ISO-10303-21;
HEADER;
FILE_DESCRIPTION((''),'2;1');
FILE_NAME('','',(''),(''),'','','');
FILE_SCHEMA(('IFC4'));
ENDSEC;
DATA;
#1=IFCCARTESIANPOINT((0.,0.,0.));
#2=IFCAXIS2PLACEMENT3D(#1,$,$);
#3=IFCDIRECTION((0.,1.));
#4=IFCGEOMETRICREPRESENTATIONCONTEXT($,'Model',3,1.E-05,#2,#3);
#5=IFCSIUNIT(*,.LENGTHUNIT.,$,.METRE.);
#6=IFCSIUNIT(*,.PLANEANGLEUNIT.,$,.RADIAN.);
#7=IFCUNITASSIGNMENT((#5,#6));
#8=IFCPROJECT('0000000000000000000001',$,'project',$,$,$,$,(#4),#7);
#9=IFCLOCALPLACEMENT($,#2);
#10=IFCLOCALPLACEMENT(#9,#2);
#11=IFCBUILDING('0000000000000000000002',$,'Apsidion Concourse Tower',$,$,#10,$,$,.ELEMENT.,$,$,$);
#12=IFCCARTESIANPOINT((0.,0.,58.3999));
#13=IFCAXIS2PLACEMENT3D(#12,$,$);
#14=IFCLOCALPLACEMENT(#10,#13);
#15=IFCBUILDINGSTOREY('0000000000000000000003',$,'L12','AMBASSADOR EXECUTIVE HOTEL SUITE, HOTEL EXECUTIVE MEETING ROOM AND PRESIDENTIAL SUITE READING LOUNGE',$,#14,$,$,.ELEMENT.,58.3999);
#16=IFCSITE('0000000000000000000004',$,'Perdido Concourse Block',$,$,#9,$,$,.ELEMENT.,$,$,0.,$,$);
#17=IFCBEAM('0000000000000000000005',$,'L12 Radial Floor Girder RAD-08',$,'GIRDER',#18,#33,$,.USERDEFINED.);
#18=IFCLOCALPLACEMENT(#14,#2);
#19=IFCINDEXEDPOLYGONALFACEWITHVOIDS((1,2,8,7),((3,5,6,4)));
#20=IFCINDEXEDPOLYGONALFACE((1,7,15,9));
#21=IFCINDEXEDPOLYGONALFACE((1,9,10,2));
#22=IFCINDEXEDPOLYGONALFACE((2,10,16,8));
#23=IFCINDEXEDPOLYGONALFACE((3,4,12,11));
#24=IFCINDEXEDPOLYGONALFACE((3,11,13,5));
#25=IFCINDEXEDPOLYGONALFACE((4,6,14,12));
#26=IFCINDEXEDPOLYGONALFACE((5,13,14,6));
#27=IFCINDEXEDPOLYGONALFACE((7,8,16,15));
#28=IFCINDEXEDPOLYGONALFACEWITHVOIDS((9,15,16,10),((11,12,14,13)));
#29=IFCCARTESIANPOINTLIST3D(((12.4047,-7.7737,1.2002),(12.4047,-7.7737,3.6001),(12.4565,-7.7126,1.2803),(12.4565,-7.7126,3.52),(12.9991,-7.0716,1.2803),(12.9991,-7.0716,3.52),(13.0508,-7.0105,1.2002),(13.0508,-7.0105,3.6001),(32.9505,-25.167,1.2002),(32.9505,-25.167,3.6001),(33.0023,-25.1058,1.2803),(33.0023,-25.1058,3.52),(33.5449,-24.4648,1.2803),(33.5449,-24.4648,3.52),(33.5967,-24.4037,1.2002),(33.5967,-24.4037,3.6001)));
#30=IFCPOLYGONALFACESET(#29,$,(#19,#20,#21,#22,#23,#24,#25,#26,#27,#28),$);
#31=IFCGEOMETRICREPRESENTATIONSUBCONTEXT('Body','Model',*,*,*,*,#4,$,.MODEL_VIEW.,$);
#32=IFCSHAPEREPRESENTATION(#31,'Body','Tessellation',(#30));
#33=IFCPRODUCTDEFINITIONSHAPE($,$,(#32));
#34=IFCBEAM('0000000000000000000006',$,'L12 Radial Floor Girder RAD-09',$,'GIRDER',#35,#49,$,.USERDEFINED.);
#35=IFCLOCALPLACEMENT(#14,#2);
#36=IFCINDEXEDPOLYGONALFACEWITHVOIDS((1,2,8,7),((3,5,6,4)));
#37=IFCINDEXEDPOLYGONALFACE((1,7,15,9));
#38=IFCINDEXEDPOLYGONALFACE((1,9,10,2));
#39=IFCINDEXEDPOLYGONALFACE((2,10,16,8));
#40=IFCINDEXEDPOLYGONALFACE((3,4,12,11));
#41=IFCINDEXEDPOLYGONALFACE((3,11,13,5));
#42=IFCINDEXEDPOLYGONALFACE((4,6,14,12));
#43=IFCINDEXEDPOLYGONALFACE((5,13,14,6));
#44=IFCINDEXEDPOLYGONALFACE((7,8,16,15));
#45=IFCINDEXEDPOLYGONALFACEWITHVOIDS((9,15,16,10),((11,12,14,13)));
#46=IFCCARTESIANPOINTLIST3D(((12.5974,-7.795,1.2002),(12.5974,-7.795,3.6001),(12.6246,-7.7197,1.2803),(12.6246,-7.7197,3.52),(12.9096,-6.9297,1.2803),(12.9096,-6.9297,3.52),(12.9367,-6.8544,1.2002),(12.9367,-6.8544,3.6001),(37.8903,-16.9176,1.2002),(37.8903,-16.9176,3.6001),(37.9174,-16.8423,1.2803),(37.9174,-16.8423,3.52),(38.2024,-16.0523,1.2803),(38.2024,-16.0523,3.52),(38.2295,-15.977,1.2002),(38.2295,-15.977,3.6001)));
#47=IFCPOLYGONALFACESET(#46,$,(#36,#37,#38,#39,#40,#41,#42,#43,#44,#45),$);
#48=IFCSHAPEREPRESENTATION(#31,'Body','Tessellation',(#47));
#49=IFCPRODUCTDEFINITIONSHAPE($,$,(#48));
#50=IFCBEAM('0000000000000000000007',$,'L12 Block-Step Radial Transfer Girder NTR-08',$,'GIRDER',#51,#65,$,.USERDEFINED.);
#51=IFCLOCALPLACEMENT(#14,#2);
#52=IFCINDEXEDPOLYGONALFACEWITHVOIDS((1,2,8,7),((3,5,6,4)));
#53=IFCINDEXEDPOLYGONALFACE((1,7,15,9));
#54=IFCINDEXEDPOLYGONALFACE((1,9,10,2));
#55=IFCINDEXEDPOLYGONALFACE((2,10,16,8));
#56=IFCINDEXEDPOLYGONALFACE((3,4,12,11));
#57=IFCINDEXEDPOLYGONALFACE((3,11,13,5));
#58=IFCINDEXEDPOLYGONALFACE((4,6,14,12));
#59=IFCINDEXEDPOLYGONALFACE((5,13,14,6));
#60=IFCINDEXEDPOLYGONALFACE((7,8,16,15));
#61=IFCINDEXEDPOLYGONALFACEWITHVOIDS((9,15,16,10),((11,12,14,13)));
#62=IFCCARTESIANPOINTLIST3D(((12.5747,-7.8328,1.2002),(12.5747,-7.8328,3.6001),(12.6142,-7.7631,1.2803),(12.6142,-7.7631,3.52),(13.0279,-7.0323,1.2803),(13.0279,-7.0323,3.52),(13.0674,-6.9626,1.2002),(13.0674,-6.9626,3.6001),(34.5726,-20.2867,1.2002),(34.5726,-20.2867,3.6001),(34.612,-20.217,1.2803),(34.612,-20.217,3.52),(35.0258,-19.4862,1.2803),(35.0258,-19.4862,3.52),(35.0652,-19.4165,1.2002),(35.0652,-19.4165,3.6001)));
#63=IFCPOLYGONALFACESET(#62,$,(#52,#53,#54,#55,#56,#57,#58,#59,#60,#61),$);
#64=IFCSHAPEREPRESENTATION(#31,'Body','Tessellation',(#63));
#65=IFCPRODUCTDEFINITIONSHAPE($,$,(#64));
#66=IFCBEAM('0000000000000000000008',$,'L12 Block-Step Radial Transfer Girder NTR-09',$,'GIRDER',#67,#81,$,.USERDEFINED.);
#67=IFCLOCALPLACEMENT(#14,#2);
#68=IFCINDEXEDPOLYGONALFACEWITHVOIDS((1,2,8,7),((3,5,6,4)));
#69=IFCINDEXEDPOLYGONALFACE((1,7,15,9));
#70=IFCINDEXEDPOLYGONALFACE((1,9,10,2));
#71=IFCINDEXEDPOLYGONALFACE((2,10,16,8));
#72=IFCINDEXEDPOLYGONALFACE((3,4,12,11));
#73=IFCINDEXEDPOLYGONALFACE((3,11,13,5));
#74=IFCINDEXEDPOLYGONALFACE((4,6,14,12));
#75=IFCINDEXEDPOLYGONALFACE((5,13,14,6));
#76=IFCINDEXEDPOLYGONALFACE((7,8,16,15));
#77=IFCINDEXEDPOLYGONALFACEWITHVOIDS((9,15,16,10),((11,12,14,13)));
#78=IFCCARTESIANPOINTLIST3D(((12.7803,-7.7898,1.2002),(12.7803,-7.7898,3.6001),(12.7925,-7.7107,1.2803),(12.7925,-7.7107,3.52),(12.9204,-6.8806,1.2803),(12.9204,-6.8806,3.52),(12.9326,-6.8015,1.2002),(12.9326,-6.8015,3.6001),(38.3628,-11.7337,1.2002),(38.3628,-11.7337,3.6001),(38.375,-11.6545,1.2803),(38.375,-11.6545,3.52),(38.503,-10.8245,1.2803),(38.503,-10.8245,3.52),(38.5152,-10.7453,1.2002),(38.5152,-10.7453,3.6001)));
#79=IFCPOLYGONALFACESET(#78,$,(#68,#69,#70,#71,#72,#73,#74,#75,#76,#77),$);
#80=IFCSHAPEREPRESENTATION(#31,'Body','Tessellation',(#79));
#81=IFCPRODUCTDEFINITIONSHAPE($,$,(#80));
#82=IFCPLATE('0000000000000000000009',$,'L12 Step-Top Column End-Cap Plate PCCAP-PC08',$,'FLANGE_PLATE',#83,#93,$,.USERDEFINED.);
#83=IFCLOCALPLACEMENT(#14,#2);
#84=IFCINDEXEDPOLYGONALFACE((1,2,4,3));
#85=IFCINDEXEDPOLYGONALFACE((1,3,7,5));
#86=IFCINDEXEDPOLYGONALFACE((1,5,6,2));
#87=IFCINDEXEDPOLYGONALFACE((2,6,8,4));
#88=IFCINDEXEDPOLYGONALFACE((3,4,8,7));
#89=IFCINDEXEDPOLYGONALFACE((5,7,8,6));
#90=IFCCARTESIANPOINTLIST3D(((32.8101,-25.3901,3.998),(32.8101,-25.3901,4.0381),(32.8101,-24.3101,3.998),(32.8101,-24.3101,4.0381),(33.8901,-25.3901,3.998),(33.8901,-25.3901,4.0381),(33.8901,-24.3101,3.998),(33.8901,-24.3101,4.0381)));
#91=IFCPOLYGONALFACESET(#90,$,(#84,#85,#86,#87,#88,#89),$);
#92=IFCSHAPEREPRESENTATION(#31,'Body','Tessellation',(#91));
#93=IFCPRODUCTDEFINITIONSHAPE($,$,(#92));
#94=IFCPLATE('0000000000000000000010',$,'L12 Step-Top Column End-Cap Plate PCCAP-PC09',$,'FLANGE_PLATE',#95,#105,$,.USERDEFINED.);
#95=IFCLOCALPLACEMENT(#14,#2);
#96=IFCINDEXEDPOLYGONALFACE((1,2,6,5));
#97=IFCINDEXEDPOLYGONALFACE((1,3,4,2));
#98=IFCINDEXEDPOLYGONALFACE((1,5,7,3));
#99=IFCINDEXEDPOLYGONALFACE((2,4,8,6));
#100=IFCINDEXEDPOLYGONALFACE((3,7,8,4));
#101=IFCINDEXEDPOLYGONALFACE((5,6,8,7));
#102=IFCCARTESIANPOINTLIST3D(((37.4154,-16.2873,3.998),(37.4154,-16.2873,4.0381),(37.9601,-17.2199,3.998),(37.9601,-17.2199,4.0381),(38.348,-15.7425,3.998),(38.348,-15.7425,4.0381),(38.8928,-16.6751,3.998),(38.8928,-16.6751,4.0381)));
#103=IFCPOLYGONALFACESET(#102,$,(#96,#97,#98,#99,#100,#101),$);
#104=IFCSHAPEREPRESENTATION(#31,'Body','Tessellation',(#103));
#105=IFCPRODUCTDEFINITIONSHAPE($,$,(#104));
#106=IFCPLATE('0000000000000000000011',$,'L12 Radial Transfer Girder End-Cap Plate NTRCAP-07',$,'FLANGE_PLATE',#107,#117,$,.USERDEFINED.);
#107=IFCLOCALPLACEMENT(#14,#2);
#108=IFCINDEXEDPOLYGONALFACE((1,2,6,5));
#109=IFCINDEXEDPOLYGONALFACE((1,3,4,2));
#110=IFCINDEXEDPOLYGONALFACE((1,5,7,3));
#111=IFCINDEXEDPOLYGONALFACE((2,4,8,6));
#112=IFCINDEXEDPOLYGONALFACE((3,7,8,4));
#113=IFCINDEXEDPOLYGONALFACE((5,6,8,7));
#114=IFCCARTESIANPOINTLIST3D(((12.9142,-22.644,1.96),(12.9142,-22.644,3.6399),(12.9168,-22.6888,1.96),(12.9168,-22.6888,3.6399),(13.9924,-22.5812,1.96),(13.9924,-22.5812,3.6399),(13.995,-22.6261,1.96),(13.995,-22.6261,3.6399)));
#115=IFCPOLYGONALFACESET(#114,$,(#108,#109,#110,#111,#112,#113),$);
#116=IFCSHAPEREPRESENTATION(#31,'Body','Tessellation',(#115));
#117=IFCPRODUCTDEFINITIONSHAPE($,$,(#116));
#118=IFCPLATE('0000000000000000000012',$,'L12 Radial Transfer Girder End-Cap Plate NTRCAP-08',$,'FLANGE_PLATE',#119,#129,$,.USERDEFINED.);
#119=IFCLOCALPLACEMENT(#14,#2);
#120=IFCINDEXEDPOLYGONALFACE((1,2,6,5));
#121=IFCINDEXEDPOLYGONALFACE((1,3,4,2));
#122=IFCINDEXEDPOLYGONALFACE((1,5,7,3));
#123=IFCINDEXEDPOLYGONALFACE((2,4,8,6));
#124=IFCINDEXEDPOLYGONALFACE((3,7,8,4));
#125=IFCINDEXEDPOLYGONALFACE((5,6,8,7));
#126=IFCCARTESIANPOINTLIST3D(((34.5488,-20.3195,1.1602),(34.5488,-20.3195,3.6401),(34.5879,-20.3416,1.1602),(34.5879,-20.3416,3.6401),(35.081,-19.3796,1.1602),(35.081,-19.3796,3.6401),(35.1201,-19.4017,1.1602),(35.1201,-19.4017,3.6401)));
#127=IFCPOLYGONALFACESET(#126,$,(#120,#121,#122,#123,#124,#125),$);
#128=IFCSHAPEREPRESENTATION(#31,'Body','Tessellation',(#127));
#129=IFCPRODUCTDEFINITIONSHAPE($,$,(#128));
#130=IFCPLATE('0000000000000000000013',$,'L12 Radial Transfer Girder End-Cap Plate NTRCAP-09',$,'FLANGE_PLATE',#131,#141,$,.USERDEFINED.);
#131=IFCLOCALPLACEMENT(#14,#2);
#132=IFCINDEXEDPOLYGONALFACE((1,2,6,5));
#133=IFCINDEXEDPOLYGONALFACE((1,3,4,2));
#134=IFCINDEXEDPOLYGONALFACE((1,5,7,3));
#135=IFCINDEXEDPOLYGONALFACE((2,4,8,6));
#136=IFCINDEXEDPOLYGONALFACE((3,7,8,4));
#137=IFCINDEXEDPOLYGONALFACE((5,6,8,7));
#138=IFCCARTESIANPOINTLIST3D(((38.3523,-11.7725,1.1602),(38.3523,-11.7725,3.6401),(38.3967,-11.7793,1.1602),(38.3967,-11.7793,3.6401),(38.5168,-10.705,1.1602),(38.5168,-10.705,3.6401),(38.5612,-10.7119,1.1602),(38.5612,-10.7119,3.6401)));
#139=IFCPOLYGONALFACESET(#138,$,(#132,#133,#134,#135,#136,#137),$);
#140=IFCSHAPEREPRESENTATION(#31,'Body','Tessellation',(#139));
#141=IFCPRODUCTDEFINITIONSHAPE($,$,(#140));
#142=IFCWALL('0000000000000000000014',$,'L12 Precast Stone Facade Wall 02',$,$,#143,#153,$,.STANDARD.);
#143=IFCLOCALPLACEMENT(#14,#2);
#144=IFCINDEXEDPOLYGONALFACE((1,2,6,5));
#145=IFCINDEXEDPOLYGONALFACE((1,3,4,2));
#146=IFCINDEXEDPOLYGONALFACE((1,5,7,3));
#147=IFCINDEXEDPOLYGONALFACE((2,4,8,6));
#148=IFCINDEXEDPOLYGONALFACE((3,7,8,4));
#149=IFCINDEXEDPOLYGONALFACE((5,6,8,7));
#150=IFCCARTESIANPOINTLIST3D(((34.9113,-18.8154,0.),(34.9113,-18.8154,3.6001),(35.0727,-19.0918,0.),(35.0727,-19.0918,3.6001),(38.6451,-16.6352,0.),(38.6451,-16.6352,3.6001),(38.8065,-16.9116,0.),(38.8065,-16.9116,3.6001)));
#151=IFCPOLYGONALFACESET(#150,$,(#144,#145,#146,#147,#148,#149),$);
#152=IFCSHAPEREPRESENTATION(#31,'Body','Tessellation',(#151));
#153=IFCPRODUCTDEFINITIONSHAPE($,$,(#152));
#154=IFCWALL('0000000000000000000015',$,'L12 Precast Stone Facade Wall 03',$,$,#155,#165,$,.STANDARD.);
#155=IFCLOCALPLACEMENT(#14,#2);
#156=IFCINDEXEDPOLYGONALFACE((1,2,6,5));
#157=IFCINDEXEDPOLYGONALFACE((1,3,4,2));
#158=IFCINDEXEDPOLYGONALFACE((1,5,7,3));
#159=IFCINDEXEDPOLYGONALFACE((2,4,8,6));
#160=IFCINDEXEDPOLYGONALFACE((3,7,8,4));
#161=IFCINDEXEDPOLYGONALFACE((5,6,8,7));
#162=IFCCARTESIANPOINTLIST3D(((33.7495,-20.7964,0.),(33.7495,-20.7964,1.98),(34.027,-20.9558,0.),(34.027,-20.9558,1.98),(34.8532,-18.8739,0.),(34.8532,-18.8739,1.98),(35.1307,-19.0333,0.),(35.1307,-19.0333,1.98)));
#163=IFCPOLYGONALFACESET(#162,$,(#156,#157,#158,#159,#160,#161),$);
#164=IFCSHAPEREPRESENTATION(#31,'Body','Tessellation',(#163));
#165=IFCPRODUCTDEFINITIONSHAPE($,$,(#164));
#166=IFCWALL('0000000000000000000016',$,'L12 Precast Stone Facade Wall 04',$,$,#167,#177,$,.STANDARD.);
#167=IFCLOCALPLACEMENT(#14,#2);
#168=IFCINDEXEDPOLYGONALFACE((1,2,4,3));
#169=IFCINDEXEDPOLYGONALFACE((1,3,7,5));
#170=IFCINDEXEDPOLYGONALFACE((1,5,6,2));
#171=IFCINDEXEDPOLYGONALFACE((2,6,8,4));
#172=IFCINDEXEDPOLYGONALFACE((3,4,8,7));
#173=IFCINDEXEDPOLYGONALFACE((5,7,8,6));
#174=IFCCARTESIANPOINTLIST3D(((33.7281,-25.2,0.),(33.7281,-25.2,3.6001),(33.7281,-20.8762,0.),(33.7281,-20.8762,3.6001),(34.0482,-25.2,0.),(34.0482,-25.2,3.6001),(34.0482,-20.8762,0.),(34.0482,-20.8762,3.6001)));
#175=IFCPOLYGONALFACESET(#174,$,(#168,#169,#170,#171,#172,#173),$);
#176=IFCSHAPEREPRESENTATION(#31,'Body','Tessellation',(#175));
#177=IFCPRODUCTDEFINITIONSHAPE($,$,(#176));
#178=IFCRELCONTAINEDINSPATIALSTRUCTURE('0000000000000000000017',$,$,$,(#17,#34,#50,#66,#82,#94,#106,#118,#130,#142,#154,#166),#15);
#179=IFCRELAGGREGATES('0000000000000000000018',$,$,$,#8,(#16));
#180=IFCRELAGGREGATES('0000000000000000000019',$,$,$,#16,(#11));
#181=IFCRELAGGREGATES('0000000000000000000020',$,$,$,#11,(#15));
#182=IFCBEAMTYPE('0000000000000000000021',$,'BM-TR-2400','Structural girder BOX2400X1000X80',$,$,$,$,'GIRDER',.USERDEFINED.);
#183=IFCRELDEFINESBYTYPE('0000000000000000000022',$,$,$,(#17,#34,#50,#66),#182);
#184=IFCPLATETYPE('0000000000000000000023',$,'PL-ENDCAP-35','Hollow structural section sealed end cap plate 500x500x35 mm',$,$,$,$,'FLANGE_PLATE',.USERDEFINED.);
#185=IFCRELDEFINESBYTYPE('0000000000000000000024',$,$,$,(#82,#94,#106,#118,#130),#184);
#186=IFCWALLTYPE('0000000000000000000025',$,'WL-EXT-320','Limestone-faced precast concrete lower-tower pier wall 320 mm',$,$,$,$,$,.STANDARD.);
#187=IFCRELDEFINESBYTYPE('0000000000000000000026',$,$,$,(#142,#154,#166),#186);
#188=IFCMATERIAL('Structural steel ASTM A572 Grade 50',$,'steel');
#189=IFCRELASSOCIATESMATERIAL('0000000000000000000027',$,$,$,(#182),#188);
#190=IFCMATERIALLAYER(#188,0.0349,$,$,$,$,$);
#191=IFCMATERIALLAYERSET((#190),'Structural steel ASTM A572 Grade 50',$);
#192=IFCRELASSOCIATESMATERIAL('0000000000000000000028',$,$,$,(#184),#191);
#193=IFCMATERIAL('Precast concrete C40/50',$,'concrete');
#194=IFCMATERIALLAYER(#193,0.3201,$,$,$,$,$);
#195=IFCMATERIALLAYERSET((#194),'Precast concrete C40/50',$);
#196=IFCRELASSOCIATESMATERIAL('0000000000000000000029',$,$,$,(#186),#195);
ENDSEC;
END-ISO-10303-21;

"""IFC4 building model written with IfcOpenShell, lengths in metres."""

from ifc_helpers import new_model, si_unit, direction, frame, frame_2d, origin, origin_2d, place, context, subcontext, project, spatial, rectangle, hollow_rectangle, extrude, material, layer, layer_set, material_profile, profile_set, type_object, element, save


model = new_model("IFC4")

# Units and contexts
model_context = context("Model", 3, precision=1e-05, world=origin(), true_north=direction((0.0, 1.0)))
body_context = subcontext(model_context, "Body", "Model", "MODEL_VIEW")
ifc_project = project(units=[si_unit("LENGTHUNIT", "METRE"), si_unit("PLANEANGLEUNIT", "RADIAN")], contexts=[model_context])

# Site, building, storey
site_placement = place(None, origin())
site = spatial("IfcSite", under=ifc_project, at=site_placement, Name="Perdido Concourse Block", CompositionType="ELEMENT", RefElevation=0.0)
building_placement = place(site_placement, origin())
building = spatial("IfcBuilding", under=site, at=building_placement, Name="Apsidion Concourse Tower", CompositionType="ELEMENT")
storey_placement = place(building_placement, frame((0.0, 0.0, 58.3999)))
storey = spatial("IfcBuildingStorey", under=building, at=storey_placement, Name="L12", Description="AMBASSADOR EXECUTIVE HOTEL SUITE, HOTEL EXECUTIVE MEETING ROOM AND PRESIDENTIAL SUITE READING LOUNGE", CompositionType="ELEMENT", Elevation=58.3999)

# Shared definitions
ifc_material_1 = material(Name="Structural steel ASTM A572 Grade 50", Category="steel")

# Beams
ifc_material_profile_1 = material_profile(ifc_material_1, hollow_rectangle(XDim=1.0, YDim=2.3999, WallThickness=0.0801, at=origin_2d()), Name="BOX2400X1000X80")
ifc_profile_set_1 = profile_set([ifc_material_profile_1], Name="Structural steel ASTM A572 Grade 50")
beam_type_1 = type_object("IfcBeamType", Name="BM-TR-2400", Description="Structural girder BOX2400X1000X80", ElementType="GIRDER", PredefinedType="USERDEFINED", material=ifc_profile_set_1)
beam_1_placement = place(storey_placement, frame((12.7278, -7.3921, 2.4001), z_axis=(0.763234, -0.646122, 0.0), x_axis=(0.646122, 0.763234, 0.0)))
element("IfcBeam", 1, at=beam_1_placement, inside=storey, type_object=beam_type_1, Name="L12 Radial Floor Girder RAD-08", ObjectType="GIRDER", PredefinedType="USERDEFINED", context=body_context, shape_type="SweptSolid", body=[
    extrude(hollow_rectangle(XDim=1.0, YDim=2.3999, WallThickness=0.0801, at=origin_2d()), origin(), (0.0, 0.0, 1.0), 26.9194),
])
beam_2_placement = place(storey_placement, frame((12.7671, -7.3247, 2.4001), z_axis=(0.940684, -0.339285, 0.0), x_axis=(0.339285, 0.940684, 0.0)))
element("IfcBeam", 2, at=beam_2_placement, inside=storey, type_object=beam_type_1, Name="L12 Radial Floor Girder RAD-09", ObjectType="GIRDER", PredefinedType="USERDEFINED", context=body_context, shape_type="SweptSolid", body=[
    extrude(hollow_rectangle(XDim=1.0, YDim=2.3999, WallThickness=0.0801, at=origin_2d()), origin(), (0.0, 0.0, 1.0), 26.8877),
])
beam_3_placement = place(storey_placement, frame((12.821, -7.3977, 2.4001), z_axis=(0.870218, -0.492666, 0.0), x_axis=(0.492666, 0.870218, 0.0)))
element("IfcBeam", 3, at=beam_3_placement, inside=storey, type_object=beam_type_1, Name="L12 Block-Step Radial Transfer Girder NTR-08", ObjectType="GIRDER", PredefinedType="USERDEFINED", context=body_context, shape_type="SweptSolid", body=[
    extrude(hollow_rectangle(XDim=1.0, YDim=2.3999, WallThickness=0.0801, at=origin_2d()), origin(), (0.0, 0.0, 1.0), 25.2786),
])
beam_4_placement = place(storey_placement, frame((12.8564, -7.2957, 2.4001), z_axis=(0.988325, -0.152362, 0.0), x_axis=(0.152362, 0.988325, 0.0)))
element("IfcBeam", 4, at=beam_4_placement, inside=storey, type_object=beam_type_1, Name="L12 Block-Step Radial Transfer Girder NTR-09", ObjectType="GIRDER", PredefinedType="USERDEFINED", context=body_context, shape_type="SweptSolid", body=[
    extrude(hollow_rectangle(XDim=1.0, YDim=2.3999, WallThickness=0.0801, at=origin_2d()), origin(), (0.0, 0.0, 1.0), 25.8848),
])

# Plates
ifc_layer_1 = layer(ifc_material_1, 0.0349)
ifc_layer_set_1 = layer_set([ifc_layer_1], Name="Structural steel ASTM A572 Grade 50")
plate_type = type_object("IfcPlateType", Name="PL-ENDCAP-35", Description="Hollow structural section sealed end cap plate 500x500x35 mm", ElementType="FLANGE_PLATE", PredefinedType="USERDEFINED", material=ifc_layer_set_1)
for number, where, z_axis, x_axis, name in (
    (5, (33.3501, -24.8501, 3.998), (0.0, 0.0, 1.0), (1.0, 0.0, 0.0), "L12 Step-Top Column End-Cap Plate PCCAP-PC08"),
    (6, (38.1541, -16.4812, 3.998), (0.0, 0.0, 1.0), (-0.504377, 0.863484, 0.0), "L12 Step-Top Column End-Cap Plate PCCAP-PC09"),
):
    element("IfcPlate", number, at=place(storey_placement, frame(where, z_axis=z_axis, x_axis=x_axis)), inside=storey, type_object=plate_type, Name=name, ObjectType="FLANGE_PLATE", PredefinedType="USERDEFINED", context=body_context, shape_type="SweptSolid", body=[
        extrude(rectangle(XDim=1.0801, YDim=1.0801, at=origin_2d()), origin(), (0.0, 0.0, 1.0), 0.04),
    ])
plate_placement = place(storey_placement, frame((13.4546, -22.635, 1.96), z_axis=(0.0, 0.0, 1.0), x_axis=(0.058087, -0.998312, 0.0)))
element("IfcPlate", 7, at=plate_placement, inside=storey, type_object=plate_type, Name="L12 Radial Transfer Girder End-Cap Plate NTRCAP-07", ObjectType="FLANGE_PLATE", PredefinedType="USERDEFINED", context=body_context, shape_type="SweptSolid", body=[
    extrude(rectangle(XDim=0.0449, YDim=1.0801, at=origin_2d()), origin(), (0.0, 0.0, 1.0), 1.6799),
])
for number, where, z_axis, x_axis, name in (
    (8, (34.8345, -19.8606, 1.1602), (0.0, 0.0, 1.0), (0.870184, -0.492727, 0.0), "L12 Radial Transfer Girder End-Cap Plate NTRCAP-08"),
    (9, (38.4568, -11.2422, 1.1602), (0.0, 0.0, 1.0), (0.988335, -0.152296, 0.0), "L12 Radial Transfer Girder End-Cap Plate NTRCAP-09"),
):
    element("IfcPlate", number, at=place(storey_placement, frame(where, z_axis=z_axis, x_axis=x_axis)), inside=storey, type_object=plate_type, Name=name, ObjectType="FLANGE_PLATE", PredefinedType="USERDEFINED", context=body_context, shape_type="SweptSolid", body=[
        extrude(rectangle(XDim=0.0449, YDim=1.0801, at=origin_2d()), origin(), (0.0, 0.0, 1.0), 2.48),
    ])

# Walls
ifc_material_2 = material(Name="Precast concrete C40/50", Category="concrete")
ifc_layer_2 = layer(ifc_material_2, 0.3201)
ifc_layer_set_2 = layer_set([ifc_layer_2], Name="Precast concrete C40/50")
wall_type_1 = type_object("IfcWallType", Name="WL-EXT-320", Description="Limestone-faced precast concrete lower-tower pier wall 320 mm", PredefinedType="STANDARD", material=ifc_layer_set_2)
wall_1_placement = place(storey_placement, frame((38.7258, -16.7734, 0.0), z_axis=(0.0, 0.0, 1.0), x_axis=(-0.86357, -0.504229, 0.0)))
element("IfcWall", 10, at=wall_1_placement, inside=storey, type_object=wall_type_1, Name="L12 Precast Stone Facade Wall 02", PredefinedType="STANDARD", context=body_context, shape_type="SweptSolid", body=[
    extrude(rectangle(XDim=4.3237, YDim=0.3201, at=frame_2d((2.1619, 0.0))), origin(), (0.0, 0.0, 1.0), 3.6001),
])
wall_2_placement = place(storey_placement, frame((34.9919, -18.9536, 0.0), z_axis=(0.0, 0.0, 1.0), x_axis=(-0.497881, -0.867245, 0.0)))
element("IfcWall", 11, at=wall_2_placement, inside=storey, type_object=wall_type_1, Name="L12 Precast Stone Facade Wall 03", PredefinedType="STANDARD", context=body_context, shape_type="SweptSolid", body=[
    extrude(rectangle(XDim=2.2168, YDim=0.3201, at=frame_2d((1.1084, 0.0))), origin(), (0.0, 0.0, 1.0), 1.98),
])
wall_3_placement = place(storey_placement, frame((33.8882, -20.8762, 0.0), z_axis=(0.0, 0.0, 1.0), x_axis=(0.0, -1.0, 0.0)))
element("IfcWall", 12, at=wall_3_placement, inside=storey, type_object=wall_type_1, Name="L12 Precast Stone Facade Wall 04", PredefinedType="STANDARD", context=body_context, shape_type="SweptSolid", body=[
    extrude(rectangle(XDim=4.3237, YDim=0.3201, at=frame_2d((2.1619, 0.0))), origin(), (0.0, 0.0, 1.0), 3.6001),
])

save(model, "model.ifc")
